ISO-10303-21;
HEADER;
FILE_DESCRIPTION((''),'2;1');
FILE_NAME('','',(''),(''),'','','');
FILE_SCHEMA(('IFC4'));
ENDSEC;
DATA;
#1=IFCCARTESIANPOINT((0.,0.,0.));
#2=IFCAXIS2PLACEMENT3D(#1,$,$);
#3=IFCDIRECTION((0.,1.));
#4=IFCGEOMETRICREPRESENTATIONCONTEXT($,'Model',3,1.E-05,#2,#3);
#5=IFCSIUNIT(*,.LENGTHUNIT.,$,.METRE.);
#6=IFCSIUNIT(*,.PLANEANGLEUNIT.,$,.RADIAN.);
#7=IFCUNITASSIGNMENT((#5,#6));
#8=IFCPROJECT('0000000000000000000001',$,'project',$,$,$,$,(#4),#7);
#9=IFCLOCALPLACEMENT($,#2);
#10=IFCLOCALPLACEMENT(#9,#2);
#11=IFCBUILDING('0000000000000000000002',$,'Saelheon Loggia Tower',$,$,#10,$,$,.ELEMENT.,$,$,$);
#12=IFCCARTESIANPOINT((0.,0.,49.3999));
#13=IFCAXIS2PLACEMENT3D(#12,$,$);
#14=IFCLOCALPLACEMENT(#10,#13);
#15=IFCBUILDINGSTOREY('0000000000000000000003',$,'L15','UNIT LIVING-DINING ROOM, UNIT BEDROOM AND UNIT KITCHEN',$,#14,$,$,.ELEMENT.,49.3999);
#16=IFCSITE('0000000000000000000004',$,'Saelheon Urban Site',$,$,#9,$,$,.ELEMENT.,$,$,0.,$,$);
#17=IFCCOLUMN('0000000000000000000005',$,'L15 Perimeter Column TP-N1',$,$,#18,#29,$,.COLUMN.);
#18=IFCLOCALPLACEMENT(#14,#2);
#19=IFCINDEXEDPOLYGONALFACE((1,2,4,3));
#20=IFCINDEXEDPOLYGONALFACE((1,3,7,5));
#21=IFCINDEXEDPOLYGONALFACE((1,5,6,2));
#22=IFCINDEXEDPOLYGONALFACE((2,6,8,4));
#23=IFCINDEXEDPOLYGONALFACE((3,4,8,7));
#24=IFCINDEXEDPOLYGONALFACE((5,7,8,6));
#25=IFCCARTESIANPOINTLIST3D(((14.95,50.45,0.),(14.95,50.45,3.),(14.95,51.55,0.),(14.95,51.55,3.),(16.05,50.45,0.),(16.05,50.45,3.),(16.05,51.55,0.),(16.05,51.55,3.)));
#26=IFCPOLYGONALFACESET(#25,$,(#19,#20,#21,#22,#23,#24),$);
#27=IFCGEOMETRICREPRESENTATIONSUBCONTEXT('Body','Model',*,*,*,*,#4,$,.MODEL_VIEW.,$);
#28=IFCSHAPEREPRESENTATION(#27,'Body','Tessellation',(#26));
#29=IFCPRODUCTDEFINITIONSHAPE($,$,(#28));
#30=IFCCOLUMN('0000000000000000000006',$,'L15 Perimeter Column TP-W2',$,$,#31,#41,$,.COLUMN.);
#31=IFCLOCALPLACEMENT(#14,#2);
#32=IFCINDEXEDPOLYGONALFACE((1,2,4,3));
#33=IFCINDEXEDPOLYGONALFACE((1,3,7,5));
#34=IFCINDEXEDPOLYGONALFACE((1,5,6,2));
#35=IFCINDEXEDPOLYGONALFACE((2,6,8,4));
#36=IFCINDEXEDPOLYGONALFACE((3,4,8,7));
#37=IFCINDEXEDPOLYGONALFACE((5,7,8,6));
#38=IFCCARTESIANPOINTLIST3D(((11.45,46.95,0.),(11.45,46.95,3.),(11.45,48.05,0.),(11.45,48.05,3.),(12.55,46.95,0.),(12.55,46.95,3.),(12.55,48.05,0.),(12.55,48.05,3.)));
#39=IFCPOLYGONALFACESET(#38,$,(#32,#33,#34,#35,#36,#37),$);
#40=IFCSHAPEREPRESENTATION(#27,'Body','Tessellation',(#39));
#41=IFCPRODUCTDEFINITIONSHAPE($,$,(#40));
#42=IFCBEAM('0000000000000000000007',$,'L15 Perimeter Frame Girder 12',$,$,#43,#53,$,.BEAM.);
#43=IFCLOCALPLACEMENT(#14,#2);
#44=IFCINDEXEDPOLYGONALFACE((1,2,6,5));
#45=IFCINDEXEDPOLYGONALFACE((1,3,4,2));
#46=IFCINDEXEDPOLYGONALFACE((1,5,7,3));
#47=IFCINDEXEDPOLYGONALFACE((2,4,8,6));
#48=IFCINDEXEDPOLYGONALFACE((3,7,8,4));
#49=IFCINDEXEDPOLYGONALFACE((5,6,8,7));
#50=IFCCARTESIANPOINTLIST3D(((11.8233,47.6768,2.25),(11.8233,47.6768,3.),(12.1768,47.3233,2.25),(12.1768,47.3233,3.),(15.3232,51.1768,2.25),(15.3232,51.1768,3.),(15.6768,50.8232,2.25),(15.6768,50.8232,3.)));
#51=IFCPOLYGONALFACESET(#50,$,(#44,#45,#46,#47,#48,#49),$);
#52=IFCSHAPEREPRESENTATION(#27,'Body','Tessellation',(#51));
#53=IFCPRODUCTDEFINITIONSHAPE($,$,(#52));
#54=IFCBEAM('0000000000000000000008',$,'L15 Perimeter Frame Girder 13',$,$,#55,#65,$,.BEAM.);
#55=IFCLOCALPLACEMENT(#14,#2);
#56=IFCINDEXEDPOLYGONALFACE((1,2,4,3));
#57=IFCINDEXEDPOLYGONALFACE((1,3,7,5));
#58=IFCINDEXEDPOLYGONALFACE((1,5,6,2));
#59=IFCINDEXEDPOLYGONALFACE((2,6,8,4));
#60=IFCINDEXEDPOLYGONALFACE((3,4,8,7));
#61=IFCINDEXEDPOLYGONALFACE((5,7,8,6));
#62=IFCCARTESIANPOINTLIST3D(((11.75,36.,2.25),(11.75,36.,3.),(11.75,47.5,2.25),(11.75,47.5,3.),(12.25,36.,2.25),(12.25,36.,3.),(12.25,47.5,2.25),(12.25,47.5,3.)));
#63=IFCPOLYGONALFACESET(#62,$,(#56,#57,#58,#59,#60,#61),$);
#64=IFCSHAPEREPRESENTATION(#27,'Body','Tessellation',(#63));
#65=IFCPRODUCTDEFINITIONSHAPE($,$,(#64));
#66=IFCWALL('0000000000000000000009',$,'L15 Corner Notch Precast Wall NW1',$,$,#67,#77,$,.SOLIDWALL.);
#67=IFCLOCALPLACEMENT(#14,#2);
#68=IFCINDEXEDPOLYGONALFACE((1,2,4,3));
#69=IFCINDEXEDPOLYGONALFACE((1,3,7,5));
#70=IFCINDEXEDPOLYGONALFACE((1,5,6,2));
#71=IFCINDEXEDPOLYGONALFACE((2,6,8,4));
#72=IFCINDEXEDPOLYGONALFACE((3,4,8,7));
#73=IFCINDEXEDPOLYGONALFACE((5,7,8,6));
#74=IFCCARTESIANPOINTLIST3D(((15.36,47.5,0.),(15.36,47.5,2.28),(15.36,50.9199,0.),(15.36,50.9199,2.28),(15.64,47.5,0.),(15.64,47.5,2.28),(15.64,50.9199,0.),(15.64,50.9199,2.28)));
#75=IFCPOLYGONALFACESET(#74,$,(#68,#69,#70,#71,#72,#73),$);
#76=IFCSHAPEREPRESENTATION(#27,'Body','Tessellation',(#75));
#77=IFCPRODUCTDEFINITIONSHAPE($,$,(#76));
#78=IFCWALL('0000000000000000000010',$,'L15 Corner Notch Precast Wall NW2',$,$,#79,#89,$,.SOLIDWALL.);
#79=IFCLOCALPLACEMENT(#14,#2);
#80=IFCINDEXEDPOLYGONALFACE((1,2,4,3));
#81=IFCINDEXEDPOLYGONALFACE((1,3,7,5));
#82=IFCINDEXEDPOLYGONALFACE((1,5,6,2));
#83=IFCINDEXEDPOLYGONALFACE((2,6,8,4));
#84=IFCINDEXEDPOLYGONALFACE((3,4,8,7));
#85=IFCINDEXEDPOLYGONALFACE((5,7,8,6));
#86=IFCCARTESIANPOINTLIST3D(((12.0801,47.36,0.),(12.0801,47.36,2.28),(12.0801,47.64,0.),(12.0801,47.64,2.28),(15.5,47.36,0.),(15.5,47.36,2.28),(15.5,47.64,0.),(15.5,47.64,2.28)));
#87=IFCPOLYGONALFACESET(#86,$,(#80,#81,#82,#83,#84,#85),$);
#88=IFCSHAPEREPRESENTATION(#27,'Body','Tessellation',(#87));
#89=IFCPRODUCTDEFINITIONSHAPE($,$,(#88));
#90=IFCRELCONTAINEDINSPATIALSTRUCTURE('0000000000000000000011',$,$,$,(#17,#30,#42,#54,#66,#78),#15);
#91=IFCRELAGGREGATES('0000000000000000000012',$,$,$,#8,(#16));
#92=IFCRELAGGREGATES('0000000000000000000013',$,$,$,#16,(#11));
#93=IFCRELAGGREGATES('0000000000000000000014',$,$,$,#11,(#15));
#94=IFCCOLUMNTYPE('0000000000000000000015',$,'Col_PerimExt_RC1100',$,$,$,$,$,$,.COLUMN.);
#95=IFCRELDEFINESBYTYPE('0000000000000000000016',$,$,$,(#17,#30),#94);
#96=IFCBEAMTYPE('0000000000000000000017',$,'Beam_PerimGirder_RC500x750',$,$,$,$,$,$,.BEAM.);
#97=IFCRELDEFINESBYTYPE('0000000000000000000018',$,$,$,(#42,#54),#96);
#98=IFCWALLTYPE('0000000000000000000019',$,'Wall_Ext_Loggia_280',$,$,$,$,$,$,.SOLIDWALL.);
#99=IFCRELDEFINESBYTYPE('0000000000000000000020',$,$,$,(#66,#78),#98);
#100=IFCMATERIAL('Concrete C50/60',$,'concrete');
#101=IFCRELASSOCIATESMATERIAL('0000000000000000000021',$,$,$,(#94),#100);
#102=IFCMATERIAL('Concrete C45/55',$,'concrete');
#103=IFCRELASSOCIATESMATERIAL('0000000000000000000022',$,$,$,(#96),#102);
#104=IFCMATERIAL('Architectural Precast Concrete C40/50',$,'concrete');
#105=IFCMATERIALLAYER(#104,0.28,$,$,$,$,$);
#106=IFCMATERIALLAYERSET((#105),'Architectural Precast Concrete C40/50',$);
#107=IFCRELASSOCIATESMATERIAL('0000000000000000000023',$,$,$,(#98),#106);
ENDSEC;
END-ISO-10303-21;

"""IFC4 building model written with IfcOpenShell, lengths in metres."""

from ifc_helpers import new_model, si_unit, direction, frame, frame_2d, origin, origin_2d, place, context, subcontext, project, spatial, rectangle, extrude, source, transform, mapped, material, layer, layer_set, material_profile, profile_set, type_object, element, save


model = new_model("IFC4")

# Units and contexts
model_context = context("Model", 3, precision=1e-05, world=origin(), true_north=direction((0.0, 1.0)))
body_context = subcontext(model_context, "Body", "Model", "MODEL_VIEW")
ifc_project = project(units=[si_unit("LENGTHUNIT", "METRE"), si_unit("PLANEANGLEUNIT", "RADIAN")], contexts=[model_context])

# Site, building, storey
site_placement = place(None, origin())
site = spatial("IfcSite", under=ifc_project, at=site_placement, Name="Saelheon Urban Site", CompositionType="ELEMENT", RefElevation=0.0)
building_placement = place(site_placement, origin())
building = spatial("IfcBuilding", under=site, at=building_placement, Name="Saelheon Loggia Tower", CompositionType="ELEMENT")
storey_placement = place(building_placement, frame((0.0, 0.0, 49.3999)))
storey = spatial("IfcBuildingStorey", under=building, at=storey_placement, Name="L15", Description="UNIT LIVING-DINING ROOM, UNIT BEDROOM AND UNIT KITCHEN", CompositionType="ELEMENT", Elevation=49.3999)

# Columns
ifc_material_1 = material(Name="Concrete C50/60", Category="concrete")
ifc_material_profile_1 = material_profile(ifc_material_1, rectangle(XDim=1.1001, YDim=1.1001, at=origin_2d()), Name="RC-1100x1100")
ifc_profile_set_1 = profile_set([ifc_material_profile_1], Name="Concrete C50/60")
column_type = type_object("IfcColumnType", Name="Col_PerimExt_RC1100", PredefinedType="COLUMN", material=ifc_profile_set_1)
shared_shape_1 = source(origin(), body_context, "Body", "SweptSolid", [
    extrude(rectangle(XDim=1.1001, YDim=1.1001, at=origin_2d()), origin(), (0.0, 0.0, 1.0), 3.0),
])
for number, where, z_axis, x_axis, name in (
    (1, (15.5, 51.0, 0.0), (0.0, 0.0, 1.0), (1.0, 0.0, 0.0), "L15 Perimeter Column TP-N1"),
    (2, (12.0, 47.5, 0.0), (0.0, 0.0, 1.0), (1.0, 0.0, 0.0), "L15 Perimeter Column TP-W2"),
):
    element("IfcColumn", number, at=place(storey_placement, frame(where, z_axis=z_axis, x_axis=x_axis)), inside=storey, type_object=column_type, Name=name, PredefinedType="COLUMN", context=body_context, shape_type="MappedRepresentation", body=[
        mapped(shared_shape_1, transform((0.0, 0.0, 0.0), scale=1.0)),
    ])

# Beams
ifc_material_2 = material(Name="Concrete C45/55", Category="concrete")
ifc_material_profile_2 = material_profile(ifc_material_2, rectangle(XDim=0.5, YDim=0.75, at=origin_2d()), Name="RC-500x750")
ifc_profile_set_2 = profile_set([ifc_material_profile_2], Name="Concrete C45/55")
beam_type = type_object("IfcBeamType", Name="Beam_PerimGirder_RC500x750", PredefinedType="BEAM", material=ifc_profile_set_2)
shared_shape_2 = source(origin(), body_context, "Body", "SweptSolid", [
    extrude(rectangle(XDim=0.5, YDim=0.75, at=origin_2d()), origin(), (0.0, 0.0, 1.0), 4.9497),
])
beam_1_placement = place(storey_placement, frame((15.5, 51.0, 2.625), z_axis=(-0.707107, -0.707107, 0.0), x_axis=(0.707107, -0.707107, 0.0)))
element("IfcBeam", 3, at=beam_1_placement, inside=storey, type_object=beam_type, Name="L15 Perimeter Frame Girder 12", PredefinedType="BEAM", context=body_context, shape_type="MappedRepresentation", body=[
    mapped(shared_shape_2, transform((0.0, 0.0, 0.0), scale=1.0)),
])
shared_shape_3 = source(origin(), body_context, "Body", "SweptSolid", [
    extrude(rectangle(XDim=0.5, YDim=0.75, at=origin_2d()), origin(), (0.0, 0.0, 1.0), 11.5),
])
beam_2_placement = place(storey_placement, frame((12.0, 47.5, 2.625), z_axis=(0.0, -1.0, 0.0), x_axis=(1.0, 0.0, 0.0)))
element("IfcBeam", 4, at=beam_2_placement, inside=storey, type_object=beam_type, Name="L15 Perimeter Frame Girder 13", PredefinedType="BEAM", context=body_context, shape_type="MappedRepresentation", body=[
    mapped(shared_shape_3, transform((0.0, 0.0, 0.0), scale=1.0)),
])

# Shared definitions
ifc_material_3 = material(Name="Architectural Precast Concrete C40/50", Category="concrete")
ifc_layer = layer(ifc_material_3, 0.28)
ifc_layer_set = layer_set([ifc_layer], Name="Architectural Precast Concrete C40/50")
wall_type = type_object("IfcWallType", Name="Wall_Ext_Loggia_280", PredefinedType="SOLIDWALL", material=ifc_layer_set)

# Walls
for number, where, z_axis, x_axis, name in (
    (5, (15.5, 47.5, 0.0), (0.0, 0.0, 1.0), (0.0, 1.0, 0.0), "L15 Corner Notch Precast Wall NW1"),
    (6, (12.0801, 47.5, 0.0), (0.0, 0.0, 1.0), (1.0, 0.0, 0.0), "L15 Corner Notch Precast Wall NW2"),
):
    element("IfcWall", number, at=place(storey_placement, frame(where, z_axis=z_axis, x_axis=x_axis)), inside=storey, type_object=wall_type, Name=name, PredefinedType="SOLIDWALL", context=body_context, shape_type="SweptSolid", body=[
        extrude(rectangle(XDim=3.4199, YDim=0.28, at=frame_2d((1.71, 0.0))), origin(), (0.0, 0.0, 1.0), 2.28),
    ])

save(model, "model.ifc")
